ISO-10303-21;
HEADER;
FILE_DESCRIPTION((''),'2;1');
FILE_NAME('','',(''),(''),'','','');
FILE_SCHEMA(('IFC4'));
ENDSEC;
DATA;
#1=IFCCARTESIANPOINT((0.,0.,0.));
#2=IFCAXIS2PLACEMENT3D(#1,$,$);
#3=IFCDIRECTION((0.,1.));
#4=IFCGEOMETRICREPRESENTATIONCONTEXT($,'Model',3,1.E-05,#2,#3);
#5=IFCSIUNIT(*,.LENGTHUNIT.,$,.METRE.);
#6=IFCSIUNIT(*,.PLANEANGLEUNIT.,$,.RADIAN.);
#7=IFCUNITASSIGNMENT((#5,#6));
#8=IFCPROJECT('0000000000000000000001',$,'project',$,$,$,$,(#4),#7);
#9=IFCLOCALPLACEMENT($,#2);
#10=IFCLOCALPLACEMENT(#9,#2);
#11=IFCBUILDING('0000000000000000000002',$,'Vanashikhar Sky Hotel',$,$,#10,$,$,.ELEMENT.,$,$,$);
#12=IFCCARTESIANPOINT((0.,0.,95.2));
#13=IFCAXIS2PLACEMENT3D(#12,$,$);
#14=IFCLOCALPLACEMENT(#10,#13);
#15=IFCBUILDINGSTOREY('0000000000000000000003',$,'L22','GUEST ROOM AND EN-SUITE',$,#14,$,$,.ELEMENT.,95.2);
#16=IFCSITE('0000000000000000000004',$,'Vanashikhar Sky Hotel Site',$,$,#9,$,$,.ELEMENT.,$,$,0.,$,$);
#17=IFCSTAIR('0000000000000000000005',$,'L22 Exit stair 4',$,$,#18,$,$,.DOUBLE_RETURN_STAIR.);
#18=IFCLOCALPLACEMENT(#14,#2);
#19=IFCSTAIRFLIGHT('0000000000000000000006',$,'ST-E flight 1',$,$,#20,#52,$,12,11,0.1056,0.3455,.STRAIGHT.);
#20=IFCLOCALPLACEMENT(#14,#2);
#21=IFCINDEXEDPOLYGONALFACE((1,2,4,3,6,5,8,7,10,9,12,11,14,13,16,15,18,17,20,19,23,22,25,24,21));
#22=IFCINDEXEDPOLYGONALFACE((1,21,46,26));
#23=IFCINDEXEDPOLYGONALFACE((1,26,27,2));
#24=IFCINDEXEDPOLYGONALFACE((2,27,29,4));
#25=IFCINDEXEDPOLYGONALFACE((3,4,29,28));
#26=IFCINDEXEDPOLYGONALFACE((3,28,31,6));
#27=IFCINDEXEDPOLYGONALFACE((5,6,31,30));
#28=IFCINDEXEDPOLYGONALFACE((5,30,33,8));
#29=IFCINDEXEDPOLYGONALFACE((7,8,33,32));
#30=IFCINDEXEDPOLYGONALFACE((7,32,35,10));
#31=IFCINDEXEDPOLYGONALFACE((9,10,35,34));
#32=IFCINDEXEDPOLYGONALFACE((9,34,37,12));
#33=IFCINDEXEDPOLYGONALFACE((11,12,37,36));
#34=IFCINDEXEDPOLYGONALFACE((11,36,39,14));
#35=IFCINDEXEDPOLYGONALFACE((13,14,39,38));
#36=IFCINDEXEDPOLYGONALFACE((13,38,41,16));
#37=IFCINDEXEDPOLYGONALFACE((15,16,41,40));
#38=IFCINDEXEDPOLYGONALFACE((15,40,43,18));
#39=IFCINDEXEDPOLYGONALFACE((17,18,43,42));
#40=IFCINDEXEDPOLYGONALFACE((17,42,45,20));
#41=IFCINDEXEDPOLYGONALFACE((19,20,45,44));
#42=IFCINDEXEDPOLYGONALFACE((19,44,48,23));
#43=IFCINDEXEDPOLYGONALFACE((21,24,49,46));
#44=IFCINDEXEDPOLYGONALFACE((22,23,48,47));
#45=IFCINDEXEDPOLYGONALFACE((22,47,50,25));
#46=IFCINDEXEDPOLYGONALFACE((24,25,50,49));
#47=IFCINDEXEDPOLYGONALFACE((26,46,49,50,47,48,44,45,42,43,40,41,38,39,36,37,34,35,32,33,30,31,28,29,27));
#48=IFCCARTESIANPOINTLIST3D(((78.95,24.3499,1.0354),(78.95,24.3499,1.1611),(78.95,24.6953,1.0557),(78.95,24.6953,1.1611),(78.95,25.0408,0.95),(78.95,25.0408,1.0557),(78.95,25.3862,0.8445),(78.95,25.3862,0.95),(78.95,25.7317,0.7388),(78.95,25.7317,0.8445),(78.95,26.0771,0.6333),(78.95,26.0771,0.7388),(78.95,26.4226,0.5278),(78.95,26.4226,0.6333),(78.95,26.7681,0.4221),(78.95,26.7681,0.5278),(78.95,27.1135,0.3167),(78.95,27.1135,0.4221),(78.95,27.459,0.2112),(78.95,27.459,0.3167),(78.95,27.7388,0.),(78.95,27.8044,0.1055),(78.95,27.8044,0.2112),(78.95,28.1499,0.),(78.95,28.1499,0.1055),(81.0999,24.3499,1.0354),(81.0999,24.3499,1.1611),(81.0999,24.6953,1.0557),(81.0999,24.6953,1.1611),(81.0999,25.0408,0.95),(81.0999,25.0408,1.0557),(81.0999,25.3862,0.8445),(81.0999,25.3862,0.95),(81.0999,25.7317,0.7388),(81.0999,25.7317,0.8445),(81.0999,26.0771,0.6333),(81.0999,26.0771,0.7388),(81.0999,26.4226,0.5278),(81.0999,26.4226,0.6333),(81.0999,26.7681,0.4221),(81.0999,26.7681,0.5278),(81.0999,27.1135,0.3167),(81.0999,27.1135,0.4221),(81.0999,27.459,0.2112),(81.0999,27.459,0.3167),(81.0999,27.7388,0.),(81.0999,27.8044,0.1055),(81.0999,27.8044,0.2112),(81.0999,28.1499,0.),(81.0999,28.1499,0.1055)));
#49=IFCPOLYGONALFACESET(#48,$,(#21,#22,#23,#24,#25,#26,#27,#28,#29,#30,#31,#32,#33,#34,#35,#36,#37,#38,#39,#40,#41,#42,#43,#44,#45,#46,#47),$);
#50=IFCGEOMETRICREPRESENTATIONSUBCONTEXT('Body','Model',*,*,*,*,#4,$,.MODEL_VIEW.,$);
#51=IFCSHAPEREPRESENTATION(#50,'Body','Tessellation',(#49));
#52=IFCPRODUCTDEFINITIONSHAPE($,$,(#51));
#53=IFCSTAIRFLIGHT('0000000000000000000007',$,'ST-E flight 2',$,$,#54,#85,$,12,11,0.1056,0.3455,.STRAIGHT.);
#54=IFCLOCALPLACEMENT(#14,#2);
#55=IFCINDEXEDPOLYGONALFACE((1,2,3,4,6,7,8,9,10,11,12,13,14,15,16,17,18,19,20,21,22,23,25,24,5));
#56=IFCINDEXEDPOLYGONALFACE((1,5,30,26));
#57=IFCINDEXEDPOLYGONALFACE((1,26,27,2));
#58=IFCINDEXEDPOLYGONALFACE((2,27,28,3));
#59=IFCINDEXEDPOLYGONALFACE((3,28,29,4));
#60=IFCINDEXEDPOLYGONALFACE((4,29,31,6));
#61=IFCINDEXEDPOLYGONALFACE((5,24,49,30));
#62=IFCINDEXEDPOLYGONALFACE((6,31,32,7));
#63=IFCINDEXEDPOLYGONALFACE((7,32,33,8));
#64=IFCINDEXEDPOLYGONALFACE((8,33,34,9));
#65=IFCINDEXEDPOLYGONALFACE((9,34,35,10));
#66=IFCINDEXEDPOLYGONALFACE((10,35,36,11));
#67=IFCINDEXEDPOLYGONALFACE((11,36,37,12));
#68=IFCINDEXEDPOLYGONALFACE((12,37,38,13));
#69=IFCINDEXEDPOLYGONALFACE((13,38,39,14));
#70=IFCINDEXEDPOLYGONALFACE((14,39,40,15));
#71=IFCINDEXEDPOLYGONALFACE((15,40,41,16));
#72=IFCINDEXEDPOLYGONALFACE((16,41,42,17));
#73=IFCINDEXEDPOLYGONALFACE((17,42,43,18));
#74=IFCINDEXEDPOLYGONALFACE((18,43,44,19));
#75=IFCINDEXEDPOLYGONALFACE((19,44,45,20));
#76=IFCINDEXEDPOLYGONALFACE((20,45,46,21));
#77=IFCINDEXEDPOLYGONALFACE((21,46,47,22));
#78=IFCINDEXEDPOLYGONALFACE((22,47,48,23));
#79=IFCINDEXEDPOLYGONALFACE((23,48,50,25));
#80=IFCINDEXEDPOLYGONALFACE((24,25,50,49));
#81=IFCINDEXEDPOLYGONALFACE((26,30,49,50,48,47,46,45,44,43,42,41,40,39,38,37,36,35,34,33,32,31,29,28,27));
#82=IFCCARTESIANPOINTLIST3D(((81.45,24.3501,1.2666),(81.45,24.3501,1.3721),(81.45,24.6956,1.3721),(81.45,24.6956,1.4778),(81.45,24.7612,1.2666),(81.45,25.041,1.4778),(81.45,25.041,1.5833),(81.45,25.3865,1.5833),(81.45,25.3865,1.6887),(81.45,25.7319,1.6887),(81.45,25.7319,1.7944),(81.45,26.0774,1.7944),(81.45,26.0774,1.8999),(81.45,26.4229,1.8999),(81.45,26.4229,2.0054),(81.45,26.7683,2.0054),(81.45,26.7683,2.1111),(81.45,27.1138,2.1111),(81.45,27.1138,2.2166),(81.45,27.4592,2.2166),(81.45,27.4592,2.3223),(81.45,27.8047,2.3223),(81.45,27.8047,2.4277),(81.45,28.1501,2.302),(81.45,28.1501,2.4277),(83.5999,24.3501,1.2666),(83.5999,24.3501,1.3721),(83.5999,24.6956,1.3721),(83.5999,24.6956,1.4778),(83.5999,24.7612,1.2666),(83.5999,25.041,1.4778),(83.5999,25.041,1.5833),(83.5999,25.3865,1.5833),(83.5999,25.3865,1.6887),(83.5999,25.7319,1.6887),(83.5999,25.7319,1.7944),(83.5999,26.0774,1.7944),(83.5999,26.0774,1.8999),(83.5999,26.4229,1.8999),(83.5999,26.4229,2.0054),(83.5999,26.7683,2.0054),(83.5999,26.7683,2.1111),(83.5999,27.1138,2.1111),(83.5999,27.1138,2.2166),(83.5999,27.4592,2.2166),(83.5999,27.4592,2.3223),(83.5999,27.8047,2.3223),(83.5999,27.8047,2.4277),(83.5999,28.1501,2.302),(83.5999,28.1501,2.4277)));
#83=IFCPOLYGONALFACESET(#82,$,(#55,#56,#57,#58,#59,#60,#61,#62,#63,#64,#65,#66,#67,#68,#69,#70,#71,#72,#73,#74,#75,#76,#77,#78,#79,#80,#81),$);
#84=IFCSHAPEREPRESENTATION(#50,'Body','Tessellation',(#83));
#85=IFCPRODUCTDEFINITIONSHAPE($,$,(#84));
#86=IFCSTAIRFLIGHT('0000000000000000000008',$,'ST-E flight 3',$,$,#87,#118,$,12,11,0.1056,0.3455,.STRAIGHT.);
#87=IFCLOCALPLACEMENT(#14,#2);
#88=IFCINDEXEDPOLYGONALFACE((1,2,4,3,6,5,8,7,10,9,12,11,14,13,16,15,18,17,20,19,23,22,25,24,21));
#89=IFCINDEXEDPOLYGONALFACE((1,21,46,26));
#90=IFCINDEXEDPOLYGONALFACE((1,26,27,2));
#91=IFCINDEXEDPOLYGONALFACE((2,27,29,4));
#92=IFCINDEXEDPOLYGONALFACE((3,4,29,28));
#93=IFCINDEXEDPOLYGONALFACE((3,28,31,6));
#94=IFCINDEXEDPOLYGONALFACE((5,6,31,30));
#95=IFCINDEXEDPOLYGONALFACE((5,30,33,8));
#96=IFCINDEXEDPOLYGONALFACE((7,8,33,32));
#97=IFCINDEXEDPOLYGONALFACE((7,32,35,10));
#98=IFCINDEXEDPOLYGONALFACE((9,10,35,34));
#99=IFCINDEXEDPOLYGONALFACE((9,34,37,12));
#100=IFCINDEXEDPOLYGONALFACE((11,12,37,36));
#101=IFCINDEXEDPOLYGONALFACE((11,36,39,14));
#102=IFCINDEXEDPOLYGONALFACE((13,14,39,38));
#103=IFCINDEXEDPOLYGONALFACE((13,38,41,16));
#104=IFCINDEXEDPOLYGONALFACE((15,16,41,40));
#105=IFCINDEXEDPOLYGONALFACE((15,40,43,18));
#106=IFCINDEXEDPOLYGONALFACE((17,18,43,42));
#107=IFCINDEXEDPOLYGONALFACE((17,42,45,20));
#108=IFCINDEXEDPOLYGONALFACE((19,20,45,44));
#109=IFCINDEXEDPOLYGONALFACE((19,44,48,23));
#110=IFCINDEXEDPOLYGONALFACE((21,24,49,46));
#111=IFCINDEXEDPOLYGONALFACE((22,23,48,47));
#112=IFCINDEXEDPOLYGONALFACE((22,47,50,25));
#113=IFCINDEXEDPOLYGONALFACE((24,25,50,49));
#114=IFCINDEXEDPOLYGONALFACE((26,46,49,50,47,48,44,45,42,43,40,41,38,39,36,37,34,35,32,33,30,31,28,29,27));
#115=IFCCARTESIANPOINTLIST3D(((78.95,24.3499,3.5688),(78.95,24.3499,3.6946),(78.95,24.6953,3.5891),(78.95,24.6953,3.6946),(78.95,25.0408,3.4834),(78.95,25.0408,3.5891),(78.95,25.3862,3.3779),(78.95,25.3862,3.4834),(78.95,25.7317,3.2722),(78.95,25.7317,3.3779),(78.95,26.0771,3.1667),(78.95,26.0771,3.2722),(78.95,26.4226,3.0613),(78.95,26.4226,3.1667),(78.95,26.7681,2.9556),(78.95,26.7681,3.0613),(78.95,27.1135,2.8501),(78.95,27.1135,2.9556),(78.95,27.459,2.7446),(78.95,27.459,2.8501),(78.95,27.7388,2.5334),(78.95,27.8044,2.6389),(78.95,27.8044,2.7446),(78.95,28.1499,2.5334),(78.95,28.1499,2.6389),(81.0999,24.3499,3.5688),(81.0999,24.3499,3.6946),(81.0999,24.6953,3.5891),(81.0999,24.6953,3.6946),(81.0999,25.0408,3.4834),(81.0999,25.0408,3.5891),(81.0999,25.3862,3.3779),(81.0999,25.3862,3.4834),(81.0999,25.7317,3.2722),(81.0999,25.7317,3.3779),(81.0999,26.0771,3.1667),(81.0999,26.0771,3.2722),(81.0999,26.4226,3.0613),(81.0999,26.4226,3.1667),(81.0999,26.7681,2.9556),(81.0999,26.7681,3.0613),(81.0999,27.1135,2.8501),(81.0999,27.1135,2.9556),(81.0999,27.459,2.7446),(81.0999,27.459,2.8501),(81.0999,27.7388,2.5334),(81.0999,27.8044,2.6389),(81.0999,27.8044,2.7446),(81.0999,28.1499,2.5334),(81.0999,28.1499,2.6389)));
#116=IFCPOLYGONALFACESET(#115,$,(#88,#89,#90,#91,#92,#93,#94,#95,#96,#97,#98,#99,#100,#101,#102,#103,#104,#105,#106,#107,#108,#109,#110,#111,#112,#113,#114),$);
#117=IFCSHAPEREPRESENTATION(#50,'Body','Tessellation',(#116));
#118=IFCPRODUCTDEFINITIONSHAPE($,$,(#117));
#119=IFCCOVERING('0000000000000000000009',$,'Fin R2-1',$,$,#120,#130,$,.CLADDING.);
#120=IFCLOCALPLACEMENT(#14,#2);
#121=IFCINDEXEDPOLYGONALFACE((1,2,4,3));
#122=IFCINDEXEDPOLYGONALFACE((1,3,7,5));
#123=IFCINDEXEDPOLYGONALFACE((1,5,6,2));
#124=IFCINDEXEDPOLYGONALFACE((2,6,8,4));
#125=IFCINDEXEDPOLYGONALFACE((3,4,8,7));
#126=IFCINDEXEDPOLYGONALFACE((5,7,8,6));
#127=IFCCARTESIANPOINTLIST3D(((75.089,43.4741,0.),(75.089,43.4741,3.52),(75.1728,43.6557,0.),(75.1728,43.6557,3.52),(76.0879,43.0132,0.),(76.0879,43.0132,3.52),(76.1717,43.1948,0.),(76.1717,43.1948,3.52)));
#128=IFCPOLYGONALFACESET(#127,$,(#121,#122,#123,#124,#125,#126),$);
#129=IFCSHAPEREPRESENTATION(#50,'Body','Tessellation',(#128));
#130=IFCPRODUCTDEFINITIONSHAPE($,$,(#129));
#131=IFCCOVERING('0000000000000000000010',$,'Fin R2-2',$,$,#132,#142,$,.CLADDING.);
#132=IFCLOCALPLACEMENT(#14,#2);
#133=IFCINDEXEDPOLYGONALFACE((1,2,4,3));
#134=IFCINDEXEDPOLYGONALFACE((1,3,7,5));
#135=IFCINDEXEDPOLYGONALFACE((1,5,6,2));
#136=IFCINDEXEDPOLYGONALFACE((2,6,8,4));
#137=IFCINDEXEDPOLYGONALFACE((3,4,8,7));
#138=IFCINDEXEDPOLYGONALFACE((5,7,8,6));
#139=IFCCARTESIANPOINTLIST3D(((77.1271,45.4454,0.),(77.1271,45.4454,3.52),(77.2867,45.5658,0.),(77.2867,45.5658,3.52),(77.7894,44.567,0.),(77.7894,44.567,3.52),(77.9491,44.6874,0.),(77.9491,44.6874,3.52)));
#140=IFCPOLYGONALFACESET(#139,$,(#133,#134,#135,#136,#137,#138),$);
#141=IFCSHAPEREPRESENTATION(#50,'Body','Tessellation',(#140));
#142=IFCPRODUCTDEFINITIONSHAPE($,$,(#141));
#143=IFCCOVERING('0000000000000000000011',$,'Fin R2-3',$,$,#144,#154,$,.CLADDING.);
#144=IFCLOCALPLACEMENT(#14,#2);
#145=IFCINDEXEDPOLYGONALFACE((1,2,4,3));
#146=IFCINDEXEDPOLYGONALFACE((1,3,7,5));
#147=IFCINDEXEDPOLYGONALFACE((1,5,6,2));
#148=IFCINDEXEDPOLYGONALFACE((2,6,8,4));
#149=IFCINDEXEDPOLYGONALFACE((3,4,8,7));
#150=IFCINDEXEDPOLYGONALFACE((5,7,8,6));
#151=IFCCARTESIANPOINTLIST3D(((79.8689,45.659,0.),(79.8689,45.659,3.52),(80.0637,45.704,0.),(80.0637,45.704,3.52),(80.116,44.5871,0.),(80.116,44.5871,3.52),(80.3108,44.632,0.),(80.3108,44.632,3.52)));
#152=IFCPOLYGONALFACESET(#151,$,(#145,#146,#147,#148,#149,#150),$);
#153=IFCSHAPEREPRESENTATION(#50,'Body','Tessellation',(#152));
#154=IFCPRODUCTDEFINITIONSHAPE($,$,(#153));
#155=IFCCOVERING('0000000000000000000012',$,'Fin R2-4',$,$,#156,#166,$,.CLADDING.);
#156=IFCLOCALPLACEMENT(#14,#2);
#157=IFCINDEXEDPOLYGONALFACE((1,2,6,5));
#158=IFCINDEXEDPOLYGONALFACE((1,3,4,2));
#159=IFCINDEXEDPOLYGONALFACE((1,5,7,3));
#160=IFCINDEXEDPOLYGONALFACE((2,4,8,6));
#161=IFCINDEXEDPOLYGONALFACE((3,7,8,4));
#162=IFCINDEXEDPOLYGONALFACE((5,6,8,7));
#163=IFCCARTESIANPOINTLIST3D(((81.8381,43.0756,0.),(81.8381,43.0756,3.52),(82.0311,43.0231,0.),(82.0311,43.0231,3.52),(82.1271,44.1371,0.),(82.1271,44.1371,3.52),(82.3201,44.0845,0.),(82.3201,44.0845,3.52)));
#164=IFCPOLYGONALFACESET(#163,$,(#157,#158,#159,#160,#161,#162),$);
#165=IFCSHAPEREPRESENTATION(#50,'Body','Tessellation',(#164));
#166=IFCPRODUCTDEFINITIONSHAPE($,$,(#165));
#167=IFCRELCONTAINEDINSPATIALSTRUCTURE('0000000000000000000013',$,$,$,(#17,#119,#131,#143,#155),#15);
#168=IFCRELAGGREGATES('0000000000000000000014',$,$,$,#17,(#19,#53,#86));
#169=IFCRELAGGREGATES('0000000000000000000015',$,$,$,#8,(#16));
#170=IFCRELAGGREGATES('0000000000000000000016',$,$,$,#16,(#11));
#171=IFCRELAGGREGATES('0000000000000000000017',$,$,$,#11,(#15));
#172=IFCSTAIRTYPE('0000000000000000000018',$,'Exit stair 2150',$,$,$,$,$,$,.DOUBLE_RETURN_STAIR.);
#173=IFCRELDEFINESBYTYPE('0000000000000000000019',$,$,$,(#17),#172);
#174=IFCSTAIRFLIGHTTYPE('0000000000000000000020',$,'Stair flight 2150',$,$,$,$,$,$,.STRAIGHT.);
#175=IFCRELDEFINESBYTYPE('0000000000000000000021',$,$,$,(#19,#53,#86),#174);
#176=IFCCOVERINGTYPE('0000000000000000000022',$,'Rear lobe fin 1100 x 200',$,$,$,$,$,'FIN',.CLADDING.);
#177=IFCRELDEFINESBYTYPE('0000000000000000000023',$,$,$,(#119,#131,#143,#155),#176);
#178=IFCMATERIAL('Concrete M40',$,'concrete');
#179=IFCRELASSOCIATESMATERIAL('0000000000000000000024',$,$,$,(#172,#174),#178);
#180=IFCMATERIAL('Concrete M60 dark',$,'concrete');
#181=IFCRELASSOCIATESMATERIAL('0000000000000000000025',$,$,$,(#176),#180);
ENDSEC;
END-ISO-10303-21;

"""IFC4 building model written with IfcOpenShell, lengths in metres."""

from ifc_helpers import new_model, si_unit, direction, frame, origin, origin_2d, place, context, subcontext, project, spatial, polyline, rectangle, outline, extrude, source, transform, mapped, material, material_profile, profile_set, type_object, element, aggregate, save


model = new_model("IFC4")

# Units and contexts
model_context = context("Model", 3, precision=1e-05, world=origin(), true_north=direction((0.0, 1.0)))
body_context = subcontext(model_context, "Body", "Model", "MODEL_VIEW")
ifc_project = project(units=[si_unit("LENGTHUNIT", "METRE"), si_unit("PLANEANGLEUNIT", "RADIAN")], contexts=[model_context])

# Site, building, storey
site_placement = place(None, origin())
site = spatial("IfcSite", under=ifc_project, at=site_placement, Name="Vanashikhar Sky Hotel Site", CompositionType="ELEMENT", RefElevation=0.0)
building_placement = place(site_placement, origin())
building = spatial("IfcBuilding", under=site, at=building_placement, Name="Vanashikhar Sky Hotel", CompositionType="ELEMENT")
storey_placement = place(building_placement, frame((0.0, 0.0, 95.2)))
storey = spatial("IfcBuildingStorey", under=building, at=storey_placement, Name="L22", Description="GUEST ROOM AND EN-SUITE", CompositionType="ELEMENT", Elevation=95.2)

# Stair, stair flights
ifc_material_1 = material(Name="Concrete M40", Category="concrete")
stair_type = type_object("IfcStairType", Name="Exit stair 2150", PredefinedType="DOUBLE_RETURN_STAIR", material=ifc_material_1)
stair_placement = place(storey_placement, origin())
stair = element("IfcStair", 1, at=stair_placement, inside=storey, type_object=stair_type, Name="L22 Exit stair 4", PredefinedType="DOUBLE_RETURN_STAIR")
stair_flight_type = type_object("IfcStairFlightType", Name="Stair flight 2150", PredefinedType="STRAIGHT", material=ifc_material_1)
shared_shape_1 = source(origin(), body_context, "Body", "SweptSolid", [
    extrude(outline(polyline([(0.0, 0.0), (0.0, 0.1055), (0.3455, 0.1055), (0.3455, 0.2112), (0.6909, 0.2112), (0.6909, 0.3167), (1.0364, 0.3167), (1.0364, 0.4221), (1.3818, 0.4221), (1.3818, 0.5278), (1.7273, 0.5278), (1.7273, 0.6333), (2.0728, 0.6333), (2.0728, 0.7388), (2.4182, 0.7388), (2.4182, 0.8445), (2.7637, 0.8445), (2.7637, 0.95), (3.1091, 0.95), (3.1091, 1.0557), (3.4546, 1.0557), (3.4546, 1.1611), (3.8, 1.1611), (3.8, 1.2666), (3.8, 1.0354), (0.4111, 0.0), (0.0, 0.0)])), frame((0.0, 1.075, 0.0), z_axis=(0.0, -1.0, 0.0), x_axis=(1.0, 0.0, 0.0)), (0.0, 0.0, 1.0), 2.1499),
])
stair_flight_1_placement = place(storey_placement, frame((80.0249, 28.1499, 0.0), z_axis=(0.0, 0.0, 1.0), x_axis=(0.0, -1.0, 0.0)))
stair_flight_1 = element("IfcStairFlight", 2, at=stair_flight_1_placement, type_object=stair_flight_type, Name="ST-E flight 1", NumberOfRisers=12, NumberOfTreads=11, PredefinedType="STRAIGHT", RiserHeight=0.1056, TreadLength=0.3455, context=body_context, shape_type="MappedRepresentation", body=[
    mapped(shared_shape_1, transform((0.0, 0.0, 0.0), scale=1.0)),
])
stair_flight_2_placement = place(storey_placement, frame((82.5249, 24.3501, 1.2666), z_axis=(0.0, 0.0, 1.0), x_axis=(0.0, 1.0, 0.0)))
stair_flight_2 = element("IfcStairFlight", 3, at=stair_flight_2_placement, type_object=stair_flight_type, Name="ST-E flight 2", NumberOfRisers=12, NumberOfTreads=11, PredefinedType="STRAIGHT", RiserHeight=0.1056, TreadLength=0.3455, context=body_context, shape_type="MappedRepresentation", body=[
    mapped(shared_shape_1, transform((0.0, 0.0, 0.0), scale=1.0)),
])
stair_flight_3_placement = place(storey_placement, frame((80.0249, 28.1499, 2.5334), z_axis=(0.0, 0.0, 1.0), x_axis=(0.0, -1.0, 0.0)))
stair_flight_3 = element("IfcStairFlight", 4, at=stair_flight_3_placement, type_object=stair_flight_type, Name="ST-E flight 3", NumberOfRisers=12, NumberOfTreads=11, PredefinedType="STRAIGHT", RiserHeight=0.1056, TreadLength=0.3455, context=body_context, shape_type="MappedRepresentation", body=[
    mapped(shared_shape_1, transform((0.0, 0.0, 0.0), scale=1.0)),
])
aggregate(stair, [stair_flight_1, stair_flight_2, stair_flight_3])

# Coverings
ifc_material_2 = material(Name="Concrete M60 dark", Category="concrete")
ifc_material_profile_1 = material_profile(ifc_material_2, rectangle(XDim=1.1001, YDim=0.2, at=origin_2d()))
ifc_profile_set_1 = profile_set([ifc_material_profile_1], Name="Rear lobe fin 1100 x 200")
covering_type = type_object("IfcCoveringType", Name="Rear lobe fin 1100 x 200", ElementType="FIN", PredefinedType="CLADDING", material=ifc_profile_set_1)
shared_shape_2 = source(origin(), body_context, "Body", "SweptSolid", [
    extrude(rectangle(XDim=1.1001, YDim=0.2, at=origin_2d()), origin(), (0.0, 0.0, 1.0), 3.52),
])
for number, where, z_axis, x_axis, name in (
    (5, (75.6304, 43.3345, 0.0), (0.0, 0.0, 1.0), (-0.908004, 0.418961, 0.0), "Fin R2-1"),
    (6, (77.5381, 45.0664, 0.0), (0.0, 0.0, 1.0), (-0.602066, 0.798446, 0.0), "Fin R2-2"),
    (7, (80.0898, 45.1455, 0.0), (0.0, 0.0, 1.0), (-0.224645, 0.974441, 0.0), "Fin R2-3"),
    (8, (82.0791, 43.5801, 0.0), (0.0, 0.0, 1.0), (0.262711, 0.964874, 0.0), "Fin R2-4"),
):
    element("IfcCovering", number, at=place(storey_placement, frame(where, z_axis=z_axis, x_axis=x_axis)), inside=storey, type_object=covering_type, Name=name, PredefinedType="CLADDING", context=body_context, shape_type="MappedRepresentation", body=[
        mapped(shared_shape_2, transform((0.0, 0.0, 0.0), scale=1.0)),
    ])

save(model, "model.ifc")
